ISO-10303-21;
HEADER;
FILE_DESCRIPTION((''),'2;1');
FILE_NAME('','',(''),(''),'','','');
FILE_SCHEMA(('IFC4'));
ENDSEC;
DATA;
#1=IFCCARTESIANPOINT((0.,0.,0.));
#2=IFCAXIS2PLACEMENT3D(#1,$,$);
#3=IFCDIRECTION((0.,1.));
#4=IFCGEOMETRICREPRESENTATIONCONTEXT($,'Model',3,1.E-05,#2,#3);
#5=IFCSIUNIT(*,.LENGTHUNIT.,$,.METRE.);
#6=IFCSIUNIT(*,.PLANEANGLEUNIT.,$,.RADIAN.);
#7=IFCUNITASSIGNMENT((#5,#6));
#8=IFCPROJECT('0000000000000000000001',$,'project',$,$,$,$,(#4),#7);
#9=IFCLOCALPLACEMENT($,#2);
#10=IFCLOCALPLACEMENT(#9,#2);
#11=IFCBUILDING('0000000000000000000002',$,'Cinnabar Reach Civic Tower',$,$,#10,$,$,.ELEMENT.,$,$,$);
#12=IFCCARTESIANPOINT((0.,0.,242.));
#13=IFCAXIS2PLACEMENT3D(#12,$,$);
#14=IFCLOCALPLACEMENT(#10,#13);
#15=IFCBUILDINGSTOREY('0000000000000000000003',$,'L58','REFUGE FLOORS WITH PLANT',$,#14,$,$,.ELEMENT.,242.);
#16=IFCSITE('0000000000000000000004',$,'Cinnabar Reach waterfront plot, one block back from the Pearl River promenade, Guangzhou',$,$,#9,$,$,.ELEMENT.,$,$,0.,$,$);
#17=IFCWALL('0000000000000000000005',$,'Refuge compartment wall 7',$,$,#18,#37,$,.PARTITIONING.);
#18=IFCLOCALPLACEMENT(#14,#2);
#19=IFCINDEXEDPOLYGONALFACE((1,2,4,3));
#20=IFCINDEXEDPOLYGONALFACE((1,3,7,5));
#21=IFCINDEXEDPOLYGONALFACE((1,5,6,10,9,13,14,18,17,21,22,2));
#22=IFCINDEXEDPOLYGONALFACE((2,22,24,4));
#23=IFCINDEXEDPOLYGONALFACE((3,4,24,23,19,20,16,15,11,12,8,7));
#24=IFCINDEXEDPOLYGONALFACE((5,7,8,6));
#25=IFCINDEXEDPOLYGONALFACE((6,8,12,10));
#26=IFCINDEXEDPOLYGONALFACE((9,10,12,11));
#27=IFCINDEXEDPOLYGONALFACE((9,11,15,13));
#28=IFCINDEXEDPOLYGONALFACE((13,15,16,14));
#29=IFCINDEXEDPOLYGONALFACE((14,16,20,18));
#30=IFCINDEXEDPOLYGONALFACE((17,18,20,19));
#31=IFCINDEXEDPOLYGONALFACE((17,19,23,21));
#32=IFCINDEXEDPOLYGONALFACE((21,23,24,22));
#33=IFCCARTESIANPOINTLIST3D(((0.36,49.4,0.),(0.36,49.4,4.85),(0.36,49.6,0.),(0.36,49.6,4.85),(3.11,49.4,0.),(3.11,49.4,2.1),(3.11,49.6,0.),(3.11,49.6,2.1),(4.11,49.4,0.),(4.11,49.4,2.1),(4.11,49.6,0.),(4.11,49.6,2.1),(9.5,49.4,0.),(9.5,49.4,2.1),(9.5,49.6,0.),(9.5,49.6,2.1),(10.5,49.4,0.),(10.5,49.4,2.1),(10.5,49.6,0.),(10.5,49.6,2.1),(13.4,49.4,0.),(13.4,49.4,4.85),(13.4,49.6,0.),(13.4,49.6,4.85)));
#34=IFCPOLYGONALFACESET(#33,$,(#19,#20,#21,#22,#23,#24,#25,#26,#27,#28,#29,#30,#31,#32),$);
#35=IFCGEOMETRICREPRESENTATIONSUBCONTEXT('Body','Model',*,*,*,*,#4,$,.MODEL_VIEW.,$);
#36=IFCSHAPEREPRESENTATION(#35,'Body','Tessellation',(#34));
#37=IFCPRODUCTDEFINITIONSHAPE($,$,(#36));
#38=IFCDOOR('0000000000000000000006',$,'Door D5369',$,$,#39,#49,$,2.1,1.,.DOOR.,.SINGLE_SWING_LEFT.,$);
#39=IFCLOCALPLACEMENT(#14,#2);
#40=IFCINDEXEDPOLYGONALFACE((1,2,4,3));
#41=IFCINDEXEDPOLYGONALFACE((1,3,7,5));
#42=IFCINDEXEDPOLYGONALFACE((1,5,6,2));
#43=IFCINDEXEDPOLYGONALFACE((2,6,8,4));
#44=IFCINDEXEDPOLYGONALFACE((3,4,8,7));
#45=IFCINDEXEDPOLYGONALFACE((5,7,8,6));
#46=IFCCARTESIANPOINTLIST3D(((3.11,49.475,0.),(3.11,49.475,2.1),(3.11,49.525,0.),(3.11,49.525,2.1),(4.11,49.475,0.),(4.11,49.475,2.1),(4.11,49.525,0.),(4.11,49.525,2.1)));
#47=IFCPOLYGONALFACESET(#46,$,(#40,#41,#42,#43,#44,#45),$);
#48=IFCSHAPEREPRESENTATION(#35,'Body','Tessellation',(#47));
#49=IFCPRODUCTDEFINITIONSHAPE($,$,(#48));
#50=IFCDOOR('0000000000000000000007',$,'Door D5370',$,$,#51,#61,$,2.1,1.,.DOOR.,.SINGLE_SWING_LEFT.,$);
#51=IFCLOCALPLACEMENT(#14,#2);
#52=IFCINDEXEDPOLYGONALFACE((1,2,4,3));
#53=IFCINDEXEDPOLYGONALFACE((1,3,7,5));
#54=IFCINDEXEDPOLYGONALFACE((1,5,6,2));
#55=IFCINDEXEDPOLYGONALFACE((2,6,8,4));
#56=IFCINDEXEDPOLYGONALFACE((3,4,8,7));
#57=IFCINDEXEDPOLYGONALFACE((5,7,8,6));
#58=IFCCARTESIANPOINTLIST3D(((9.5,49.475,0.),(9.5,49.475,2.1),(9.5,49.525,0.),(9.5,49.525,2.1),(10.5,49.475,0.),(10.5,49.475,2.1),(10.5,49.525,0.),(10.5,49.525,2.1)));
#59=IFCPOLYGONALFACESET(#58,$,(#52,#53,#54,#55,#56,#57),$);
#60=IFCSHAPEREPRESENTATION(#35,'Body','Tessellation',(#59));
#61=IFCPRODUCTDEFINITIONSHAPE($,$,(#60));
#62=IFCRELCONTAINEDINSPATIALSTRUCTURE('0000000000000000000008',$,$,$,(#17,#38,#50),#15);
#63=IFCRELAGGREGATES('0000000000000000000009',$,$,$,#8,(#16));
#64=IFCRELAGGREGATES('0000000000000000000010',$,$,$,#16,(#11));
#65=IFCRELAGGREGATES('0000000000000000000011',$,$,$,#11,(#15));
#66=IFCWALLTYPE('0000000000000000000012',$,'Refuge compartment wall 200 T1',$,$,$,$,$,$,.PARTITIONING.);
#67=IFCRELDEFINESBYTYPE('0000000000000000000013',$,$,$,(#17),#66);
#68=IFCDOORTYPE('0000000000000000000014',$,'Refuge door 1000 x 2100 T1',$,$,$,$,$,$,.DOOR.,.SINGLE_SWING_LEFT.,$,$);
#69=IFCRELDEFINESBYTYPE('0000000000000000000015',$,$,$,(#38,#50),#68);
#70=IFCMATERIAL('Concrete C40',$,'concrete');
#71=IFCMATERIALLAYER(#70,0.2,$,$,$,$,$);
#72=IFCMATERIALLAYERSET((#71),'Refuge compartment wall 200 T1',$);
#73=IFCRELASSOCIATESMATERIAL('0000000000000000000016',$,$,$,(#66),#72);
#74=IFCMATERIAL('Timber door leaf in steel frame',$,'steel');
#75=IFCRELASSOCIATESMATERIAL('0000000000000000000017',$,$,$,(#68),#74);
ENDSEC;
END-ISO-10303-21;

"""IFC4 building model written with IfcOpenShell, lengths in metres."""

from ifc_helpers import new_model, si_unit, direction, frame, frame_2d, origin, place, context, subcontext, project, spatial, rectangle, extrude, material, layer, layer_set, type_object, element, fill, save


model = new_model("IFC4")

# Units and contexts
model_context = context("Model", 3, precision=1e-05, world=origin(), true_north=direction((0.0, 1.0)))
body_context = subcontext(model_context, "Body", "Model", "MODEL_VIEW")
ifc_project = project(units=[si_unit("LENGTHUNIT", "METRE"), si_unit("PLANEANGLEUNIT", "RADIAN")], contexts=[model_context])

# Site, building, storey
site_placement = place(None, origin())
site = spatial("IfcSite", under=ifc_project, at=site_placement, Name="Cinnabar Reach waterfront plot, one block back from the Pearl River promenade, Guangzhou", CompositionType="ELEMENT", RefElevation=0.0)
building_placement = place(site_placement, origin())
building = spatial("IfcBuilding", under=site, at=building_placement, Name="Cinnabar Reach Civic Tower", CompositionType="ELEMENT")
storey_placement = place(building_placement, frame((0.0, 0.0, 242.0)))
storey = spatial("IfcBuildingStorey", under=building, at=storey_placement, Name="L58", Description="REFUGE FLOORS WITH PLANT", CompositionType="ELEMENT", Elevation=242.0)

# Wall, openings, doors
ifc_material_1 = material(Name="Concrete C40", Category="concrete")
ifc_layer_1 = layer(ifc_material_1, 0.2)
ifc_layer_set_1 = layer_set([ifc_layer_1], Name="Refuge compartment wall 200 T1")
wall_type_1 = type_object("IfcWallType", Name="Refuge compartment wall 200 T1", PredefinedType="PARTITIONING", material=ifc_layer_set_1)
ifc_material_2 = material(Name="Timber door leaf in steel frame", Category="steel")
door_type = type_object("IfcDoorType", Name="Refuge door 1000 x 2100 T1", OperationType="SINGLE_SWING_LEFT", PredefinedType="DOOR", material=ifc_material_2)
wall_1_placement = place(storey_placement, frame((0.36, 49.5, 0.0), z_axis=(0.0, 0.0, 1.0), x_axis=(1.0, 0.0, 0.0)))
wall_1 = element("IfcWall", 1, at=wall_1_placement, inside=storey, type_object=wall_type_1, Name="Refuge compartment wall 7", PredefinedType="PARTITIONING", context=body_context, shape_type="SweptSolid", body=[
    extrude(rectangle(XDim=13.04, YDim=0.2, at=frame_2d((6.52, 0.0))), origin(), (0.0, 0.0, 1.0), 4.85),
])
opening_1_placement = place(wall_1_placement, frame((2.75, 0.0, 0.0)))
opening_1 = element("IfcOpeningElement", 2, at=opening_1_placement, cuts=wall_1, PredefinedType="OPENING", context=body_context, shape_type="SweptSolid", body=[
    extrude(rectangle(XDim=1.0, YDim=2.1, at=frame_2d((0.5, 1.05))), frame((0.0, 0.11, 0.0), z_axis=(0.0, -1.0, 0.0), x_axis=(1.0, 0.0, 0.0)), (0.0, 0.0, 1.0), 0.22),
])
opening_2_placement = place(wall_1_placement, frame((9.14, 0.0, 0.0)))
opening_2 = element("IfcOpeningElement", 3, at=opening_2_placement, cuts=wall_1, PredefinedType="OPENING", context=body_context, shape_type="SweptSolid", body=[
    extrude(rectangle(XDim=1.0, YDim=2.1, at=frame_2d((0.5, 1.05))), frame((0.0, 0.11, 0.0), z_axis=(0.0, -1.0, 0.0), x_axis=(1.0, 0.0, 0.0)), (0.0, 0.0, 1.0), 0.22),
])
door_1_placement = place(opening_1_placement, frame((1.0, 0.0, 0.0), z_axis=(0.0, 0.0, 1.0), x_axis=(-1.0, 0.0, 0.0)))
door_1 = element("IfcDoor", 4, at=door_1_placement, inside=storey, type_object=door_type, Name="Door D5369", OperationType="SINGLE_SWING_LEFT", OverallHeight=2.1, OverallWidth=1.0, PredefinedType="DOOR", context=body_context, shape_type="SweptSolid", body=[
    extrude(rectangle(XDim=1.0, YDim=2.1, at=frame_2d((0.5, 1.05))), frame((0.0, 0.025, 0.0), z_axis=(0.0, -1.0, 0.0), x_axis=(1.0, 0.0, 0.0)), (0.0, 0.0, 1.0), 0.05),
])
fill(opening_1, door_1)
door_2_placement = place(opening_2_placement, frame((1.0, 0.0, 0.0), z_axis=(0.0, 0.0, 1.0), x_axis=(-1.0, 0.0, 0.0)))
door_2 = element("IfcDoor", 5, at=door_2_placement, inside=storey, type_object=door_type, Name="Door D5370", OperationType="SINGLE_SWING_LEFT", OverallHeight=2.1, OverallWidth=1.0, PredefinedType="DOOR", context=body_context, shape_type="SweptSolid", body=[
    extrude(rectangle(XDim=1.0, YDim=2.1, at=frame_2d((0.5, 1.05))), frame((0.0, 0.025, 0.0), z_axis=(0.0, -1.0, 0.0), x_axis=(1.0, 0.0, 0.0)), (0.0, 0.0, 1.0), 0.05),
])
fill(opening_2, door_2)

save(model, "model.ifc")
